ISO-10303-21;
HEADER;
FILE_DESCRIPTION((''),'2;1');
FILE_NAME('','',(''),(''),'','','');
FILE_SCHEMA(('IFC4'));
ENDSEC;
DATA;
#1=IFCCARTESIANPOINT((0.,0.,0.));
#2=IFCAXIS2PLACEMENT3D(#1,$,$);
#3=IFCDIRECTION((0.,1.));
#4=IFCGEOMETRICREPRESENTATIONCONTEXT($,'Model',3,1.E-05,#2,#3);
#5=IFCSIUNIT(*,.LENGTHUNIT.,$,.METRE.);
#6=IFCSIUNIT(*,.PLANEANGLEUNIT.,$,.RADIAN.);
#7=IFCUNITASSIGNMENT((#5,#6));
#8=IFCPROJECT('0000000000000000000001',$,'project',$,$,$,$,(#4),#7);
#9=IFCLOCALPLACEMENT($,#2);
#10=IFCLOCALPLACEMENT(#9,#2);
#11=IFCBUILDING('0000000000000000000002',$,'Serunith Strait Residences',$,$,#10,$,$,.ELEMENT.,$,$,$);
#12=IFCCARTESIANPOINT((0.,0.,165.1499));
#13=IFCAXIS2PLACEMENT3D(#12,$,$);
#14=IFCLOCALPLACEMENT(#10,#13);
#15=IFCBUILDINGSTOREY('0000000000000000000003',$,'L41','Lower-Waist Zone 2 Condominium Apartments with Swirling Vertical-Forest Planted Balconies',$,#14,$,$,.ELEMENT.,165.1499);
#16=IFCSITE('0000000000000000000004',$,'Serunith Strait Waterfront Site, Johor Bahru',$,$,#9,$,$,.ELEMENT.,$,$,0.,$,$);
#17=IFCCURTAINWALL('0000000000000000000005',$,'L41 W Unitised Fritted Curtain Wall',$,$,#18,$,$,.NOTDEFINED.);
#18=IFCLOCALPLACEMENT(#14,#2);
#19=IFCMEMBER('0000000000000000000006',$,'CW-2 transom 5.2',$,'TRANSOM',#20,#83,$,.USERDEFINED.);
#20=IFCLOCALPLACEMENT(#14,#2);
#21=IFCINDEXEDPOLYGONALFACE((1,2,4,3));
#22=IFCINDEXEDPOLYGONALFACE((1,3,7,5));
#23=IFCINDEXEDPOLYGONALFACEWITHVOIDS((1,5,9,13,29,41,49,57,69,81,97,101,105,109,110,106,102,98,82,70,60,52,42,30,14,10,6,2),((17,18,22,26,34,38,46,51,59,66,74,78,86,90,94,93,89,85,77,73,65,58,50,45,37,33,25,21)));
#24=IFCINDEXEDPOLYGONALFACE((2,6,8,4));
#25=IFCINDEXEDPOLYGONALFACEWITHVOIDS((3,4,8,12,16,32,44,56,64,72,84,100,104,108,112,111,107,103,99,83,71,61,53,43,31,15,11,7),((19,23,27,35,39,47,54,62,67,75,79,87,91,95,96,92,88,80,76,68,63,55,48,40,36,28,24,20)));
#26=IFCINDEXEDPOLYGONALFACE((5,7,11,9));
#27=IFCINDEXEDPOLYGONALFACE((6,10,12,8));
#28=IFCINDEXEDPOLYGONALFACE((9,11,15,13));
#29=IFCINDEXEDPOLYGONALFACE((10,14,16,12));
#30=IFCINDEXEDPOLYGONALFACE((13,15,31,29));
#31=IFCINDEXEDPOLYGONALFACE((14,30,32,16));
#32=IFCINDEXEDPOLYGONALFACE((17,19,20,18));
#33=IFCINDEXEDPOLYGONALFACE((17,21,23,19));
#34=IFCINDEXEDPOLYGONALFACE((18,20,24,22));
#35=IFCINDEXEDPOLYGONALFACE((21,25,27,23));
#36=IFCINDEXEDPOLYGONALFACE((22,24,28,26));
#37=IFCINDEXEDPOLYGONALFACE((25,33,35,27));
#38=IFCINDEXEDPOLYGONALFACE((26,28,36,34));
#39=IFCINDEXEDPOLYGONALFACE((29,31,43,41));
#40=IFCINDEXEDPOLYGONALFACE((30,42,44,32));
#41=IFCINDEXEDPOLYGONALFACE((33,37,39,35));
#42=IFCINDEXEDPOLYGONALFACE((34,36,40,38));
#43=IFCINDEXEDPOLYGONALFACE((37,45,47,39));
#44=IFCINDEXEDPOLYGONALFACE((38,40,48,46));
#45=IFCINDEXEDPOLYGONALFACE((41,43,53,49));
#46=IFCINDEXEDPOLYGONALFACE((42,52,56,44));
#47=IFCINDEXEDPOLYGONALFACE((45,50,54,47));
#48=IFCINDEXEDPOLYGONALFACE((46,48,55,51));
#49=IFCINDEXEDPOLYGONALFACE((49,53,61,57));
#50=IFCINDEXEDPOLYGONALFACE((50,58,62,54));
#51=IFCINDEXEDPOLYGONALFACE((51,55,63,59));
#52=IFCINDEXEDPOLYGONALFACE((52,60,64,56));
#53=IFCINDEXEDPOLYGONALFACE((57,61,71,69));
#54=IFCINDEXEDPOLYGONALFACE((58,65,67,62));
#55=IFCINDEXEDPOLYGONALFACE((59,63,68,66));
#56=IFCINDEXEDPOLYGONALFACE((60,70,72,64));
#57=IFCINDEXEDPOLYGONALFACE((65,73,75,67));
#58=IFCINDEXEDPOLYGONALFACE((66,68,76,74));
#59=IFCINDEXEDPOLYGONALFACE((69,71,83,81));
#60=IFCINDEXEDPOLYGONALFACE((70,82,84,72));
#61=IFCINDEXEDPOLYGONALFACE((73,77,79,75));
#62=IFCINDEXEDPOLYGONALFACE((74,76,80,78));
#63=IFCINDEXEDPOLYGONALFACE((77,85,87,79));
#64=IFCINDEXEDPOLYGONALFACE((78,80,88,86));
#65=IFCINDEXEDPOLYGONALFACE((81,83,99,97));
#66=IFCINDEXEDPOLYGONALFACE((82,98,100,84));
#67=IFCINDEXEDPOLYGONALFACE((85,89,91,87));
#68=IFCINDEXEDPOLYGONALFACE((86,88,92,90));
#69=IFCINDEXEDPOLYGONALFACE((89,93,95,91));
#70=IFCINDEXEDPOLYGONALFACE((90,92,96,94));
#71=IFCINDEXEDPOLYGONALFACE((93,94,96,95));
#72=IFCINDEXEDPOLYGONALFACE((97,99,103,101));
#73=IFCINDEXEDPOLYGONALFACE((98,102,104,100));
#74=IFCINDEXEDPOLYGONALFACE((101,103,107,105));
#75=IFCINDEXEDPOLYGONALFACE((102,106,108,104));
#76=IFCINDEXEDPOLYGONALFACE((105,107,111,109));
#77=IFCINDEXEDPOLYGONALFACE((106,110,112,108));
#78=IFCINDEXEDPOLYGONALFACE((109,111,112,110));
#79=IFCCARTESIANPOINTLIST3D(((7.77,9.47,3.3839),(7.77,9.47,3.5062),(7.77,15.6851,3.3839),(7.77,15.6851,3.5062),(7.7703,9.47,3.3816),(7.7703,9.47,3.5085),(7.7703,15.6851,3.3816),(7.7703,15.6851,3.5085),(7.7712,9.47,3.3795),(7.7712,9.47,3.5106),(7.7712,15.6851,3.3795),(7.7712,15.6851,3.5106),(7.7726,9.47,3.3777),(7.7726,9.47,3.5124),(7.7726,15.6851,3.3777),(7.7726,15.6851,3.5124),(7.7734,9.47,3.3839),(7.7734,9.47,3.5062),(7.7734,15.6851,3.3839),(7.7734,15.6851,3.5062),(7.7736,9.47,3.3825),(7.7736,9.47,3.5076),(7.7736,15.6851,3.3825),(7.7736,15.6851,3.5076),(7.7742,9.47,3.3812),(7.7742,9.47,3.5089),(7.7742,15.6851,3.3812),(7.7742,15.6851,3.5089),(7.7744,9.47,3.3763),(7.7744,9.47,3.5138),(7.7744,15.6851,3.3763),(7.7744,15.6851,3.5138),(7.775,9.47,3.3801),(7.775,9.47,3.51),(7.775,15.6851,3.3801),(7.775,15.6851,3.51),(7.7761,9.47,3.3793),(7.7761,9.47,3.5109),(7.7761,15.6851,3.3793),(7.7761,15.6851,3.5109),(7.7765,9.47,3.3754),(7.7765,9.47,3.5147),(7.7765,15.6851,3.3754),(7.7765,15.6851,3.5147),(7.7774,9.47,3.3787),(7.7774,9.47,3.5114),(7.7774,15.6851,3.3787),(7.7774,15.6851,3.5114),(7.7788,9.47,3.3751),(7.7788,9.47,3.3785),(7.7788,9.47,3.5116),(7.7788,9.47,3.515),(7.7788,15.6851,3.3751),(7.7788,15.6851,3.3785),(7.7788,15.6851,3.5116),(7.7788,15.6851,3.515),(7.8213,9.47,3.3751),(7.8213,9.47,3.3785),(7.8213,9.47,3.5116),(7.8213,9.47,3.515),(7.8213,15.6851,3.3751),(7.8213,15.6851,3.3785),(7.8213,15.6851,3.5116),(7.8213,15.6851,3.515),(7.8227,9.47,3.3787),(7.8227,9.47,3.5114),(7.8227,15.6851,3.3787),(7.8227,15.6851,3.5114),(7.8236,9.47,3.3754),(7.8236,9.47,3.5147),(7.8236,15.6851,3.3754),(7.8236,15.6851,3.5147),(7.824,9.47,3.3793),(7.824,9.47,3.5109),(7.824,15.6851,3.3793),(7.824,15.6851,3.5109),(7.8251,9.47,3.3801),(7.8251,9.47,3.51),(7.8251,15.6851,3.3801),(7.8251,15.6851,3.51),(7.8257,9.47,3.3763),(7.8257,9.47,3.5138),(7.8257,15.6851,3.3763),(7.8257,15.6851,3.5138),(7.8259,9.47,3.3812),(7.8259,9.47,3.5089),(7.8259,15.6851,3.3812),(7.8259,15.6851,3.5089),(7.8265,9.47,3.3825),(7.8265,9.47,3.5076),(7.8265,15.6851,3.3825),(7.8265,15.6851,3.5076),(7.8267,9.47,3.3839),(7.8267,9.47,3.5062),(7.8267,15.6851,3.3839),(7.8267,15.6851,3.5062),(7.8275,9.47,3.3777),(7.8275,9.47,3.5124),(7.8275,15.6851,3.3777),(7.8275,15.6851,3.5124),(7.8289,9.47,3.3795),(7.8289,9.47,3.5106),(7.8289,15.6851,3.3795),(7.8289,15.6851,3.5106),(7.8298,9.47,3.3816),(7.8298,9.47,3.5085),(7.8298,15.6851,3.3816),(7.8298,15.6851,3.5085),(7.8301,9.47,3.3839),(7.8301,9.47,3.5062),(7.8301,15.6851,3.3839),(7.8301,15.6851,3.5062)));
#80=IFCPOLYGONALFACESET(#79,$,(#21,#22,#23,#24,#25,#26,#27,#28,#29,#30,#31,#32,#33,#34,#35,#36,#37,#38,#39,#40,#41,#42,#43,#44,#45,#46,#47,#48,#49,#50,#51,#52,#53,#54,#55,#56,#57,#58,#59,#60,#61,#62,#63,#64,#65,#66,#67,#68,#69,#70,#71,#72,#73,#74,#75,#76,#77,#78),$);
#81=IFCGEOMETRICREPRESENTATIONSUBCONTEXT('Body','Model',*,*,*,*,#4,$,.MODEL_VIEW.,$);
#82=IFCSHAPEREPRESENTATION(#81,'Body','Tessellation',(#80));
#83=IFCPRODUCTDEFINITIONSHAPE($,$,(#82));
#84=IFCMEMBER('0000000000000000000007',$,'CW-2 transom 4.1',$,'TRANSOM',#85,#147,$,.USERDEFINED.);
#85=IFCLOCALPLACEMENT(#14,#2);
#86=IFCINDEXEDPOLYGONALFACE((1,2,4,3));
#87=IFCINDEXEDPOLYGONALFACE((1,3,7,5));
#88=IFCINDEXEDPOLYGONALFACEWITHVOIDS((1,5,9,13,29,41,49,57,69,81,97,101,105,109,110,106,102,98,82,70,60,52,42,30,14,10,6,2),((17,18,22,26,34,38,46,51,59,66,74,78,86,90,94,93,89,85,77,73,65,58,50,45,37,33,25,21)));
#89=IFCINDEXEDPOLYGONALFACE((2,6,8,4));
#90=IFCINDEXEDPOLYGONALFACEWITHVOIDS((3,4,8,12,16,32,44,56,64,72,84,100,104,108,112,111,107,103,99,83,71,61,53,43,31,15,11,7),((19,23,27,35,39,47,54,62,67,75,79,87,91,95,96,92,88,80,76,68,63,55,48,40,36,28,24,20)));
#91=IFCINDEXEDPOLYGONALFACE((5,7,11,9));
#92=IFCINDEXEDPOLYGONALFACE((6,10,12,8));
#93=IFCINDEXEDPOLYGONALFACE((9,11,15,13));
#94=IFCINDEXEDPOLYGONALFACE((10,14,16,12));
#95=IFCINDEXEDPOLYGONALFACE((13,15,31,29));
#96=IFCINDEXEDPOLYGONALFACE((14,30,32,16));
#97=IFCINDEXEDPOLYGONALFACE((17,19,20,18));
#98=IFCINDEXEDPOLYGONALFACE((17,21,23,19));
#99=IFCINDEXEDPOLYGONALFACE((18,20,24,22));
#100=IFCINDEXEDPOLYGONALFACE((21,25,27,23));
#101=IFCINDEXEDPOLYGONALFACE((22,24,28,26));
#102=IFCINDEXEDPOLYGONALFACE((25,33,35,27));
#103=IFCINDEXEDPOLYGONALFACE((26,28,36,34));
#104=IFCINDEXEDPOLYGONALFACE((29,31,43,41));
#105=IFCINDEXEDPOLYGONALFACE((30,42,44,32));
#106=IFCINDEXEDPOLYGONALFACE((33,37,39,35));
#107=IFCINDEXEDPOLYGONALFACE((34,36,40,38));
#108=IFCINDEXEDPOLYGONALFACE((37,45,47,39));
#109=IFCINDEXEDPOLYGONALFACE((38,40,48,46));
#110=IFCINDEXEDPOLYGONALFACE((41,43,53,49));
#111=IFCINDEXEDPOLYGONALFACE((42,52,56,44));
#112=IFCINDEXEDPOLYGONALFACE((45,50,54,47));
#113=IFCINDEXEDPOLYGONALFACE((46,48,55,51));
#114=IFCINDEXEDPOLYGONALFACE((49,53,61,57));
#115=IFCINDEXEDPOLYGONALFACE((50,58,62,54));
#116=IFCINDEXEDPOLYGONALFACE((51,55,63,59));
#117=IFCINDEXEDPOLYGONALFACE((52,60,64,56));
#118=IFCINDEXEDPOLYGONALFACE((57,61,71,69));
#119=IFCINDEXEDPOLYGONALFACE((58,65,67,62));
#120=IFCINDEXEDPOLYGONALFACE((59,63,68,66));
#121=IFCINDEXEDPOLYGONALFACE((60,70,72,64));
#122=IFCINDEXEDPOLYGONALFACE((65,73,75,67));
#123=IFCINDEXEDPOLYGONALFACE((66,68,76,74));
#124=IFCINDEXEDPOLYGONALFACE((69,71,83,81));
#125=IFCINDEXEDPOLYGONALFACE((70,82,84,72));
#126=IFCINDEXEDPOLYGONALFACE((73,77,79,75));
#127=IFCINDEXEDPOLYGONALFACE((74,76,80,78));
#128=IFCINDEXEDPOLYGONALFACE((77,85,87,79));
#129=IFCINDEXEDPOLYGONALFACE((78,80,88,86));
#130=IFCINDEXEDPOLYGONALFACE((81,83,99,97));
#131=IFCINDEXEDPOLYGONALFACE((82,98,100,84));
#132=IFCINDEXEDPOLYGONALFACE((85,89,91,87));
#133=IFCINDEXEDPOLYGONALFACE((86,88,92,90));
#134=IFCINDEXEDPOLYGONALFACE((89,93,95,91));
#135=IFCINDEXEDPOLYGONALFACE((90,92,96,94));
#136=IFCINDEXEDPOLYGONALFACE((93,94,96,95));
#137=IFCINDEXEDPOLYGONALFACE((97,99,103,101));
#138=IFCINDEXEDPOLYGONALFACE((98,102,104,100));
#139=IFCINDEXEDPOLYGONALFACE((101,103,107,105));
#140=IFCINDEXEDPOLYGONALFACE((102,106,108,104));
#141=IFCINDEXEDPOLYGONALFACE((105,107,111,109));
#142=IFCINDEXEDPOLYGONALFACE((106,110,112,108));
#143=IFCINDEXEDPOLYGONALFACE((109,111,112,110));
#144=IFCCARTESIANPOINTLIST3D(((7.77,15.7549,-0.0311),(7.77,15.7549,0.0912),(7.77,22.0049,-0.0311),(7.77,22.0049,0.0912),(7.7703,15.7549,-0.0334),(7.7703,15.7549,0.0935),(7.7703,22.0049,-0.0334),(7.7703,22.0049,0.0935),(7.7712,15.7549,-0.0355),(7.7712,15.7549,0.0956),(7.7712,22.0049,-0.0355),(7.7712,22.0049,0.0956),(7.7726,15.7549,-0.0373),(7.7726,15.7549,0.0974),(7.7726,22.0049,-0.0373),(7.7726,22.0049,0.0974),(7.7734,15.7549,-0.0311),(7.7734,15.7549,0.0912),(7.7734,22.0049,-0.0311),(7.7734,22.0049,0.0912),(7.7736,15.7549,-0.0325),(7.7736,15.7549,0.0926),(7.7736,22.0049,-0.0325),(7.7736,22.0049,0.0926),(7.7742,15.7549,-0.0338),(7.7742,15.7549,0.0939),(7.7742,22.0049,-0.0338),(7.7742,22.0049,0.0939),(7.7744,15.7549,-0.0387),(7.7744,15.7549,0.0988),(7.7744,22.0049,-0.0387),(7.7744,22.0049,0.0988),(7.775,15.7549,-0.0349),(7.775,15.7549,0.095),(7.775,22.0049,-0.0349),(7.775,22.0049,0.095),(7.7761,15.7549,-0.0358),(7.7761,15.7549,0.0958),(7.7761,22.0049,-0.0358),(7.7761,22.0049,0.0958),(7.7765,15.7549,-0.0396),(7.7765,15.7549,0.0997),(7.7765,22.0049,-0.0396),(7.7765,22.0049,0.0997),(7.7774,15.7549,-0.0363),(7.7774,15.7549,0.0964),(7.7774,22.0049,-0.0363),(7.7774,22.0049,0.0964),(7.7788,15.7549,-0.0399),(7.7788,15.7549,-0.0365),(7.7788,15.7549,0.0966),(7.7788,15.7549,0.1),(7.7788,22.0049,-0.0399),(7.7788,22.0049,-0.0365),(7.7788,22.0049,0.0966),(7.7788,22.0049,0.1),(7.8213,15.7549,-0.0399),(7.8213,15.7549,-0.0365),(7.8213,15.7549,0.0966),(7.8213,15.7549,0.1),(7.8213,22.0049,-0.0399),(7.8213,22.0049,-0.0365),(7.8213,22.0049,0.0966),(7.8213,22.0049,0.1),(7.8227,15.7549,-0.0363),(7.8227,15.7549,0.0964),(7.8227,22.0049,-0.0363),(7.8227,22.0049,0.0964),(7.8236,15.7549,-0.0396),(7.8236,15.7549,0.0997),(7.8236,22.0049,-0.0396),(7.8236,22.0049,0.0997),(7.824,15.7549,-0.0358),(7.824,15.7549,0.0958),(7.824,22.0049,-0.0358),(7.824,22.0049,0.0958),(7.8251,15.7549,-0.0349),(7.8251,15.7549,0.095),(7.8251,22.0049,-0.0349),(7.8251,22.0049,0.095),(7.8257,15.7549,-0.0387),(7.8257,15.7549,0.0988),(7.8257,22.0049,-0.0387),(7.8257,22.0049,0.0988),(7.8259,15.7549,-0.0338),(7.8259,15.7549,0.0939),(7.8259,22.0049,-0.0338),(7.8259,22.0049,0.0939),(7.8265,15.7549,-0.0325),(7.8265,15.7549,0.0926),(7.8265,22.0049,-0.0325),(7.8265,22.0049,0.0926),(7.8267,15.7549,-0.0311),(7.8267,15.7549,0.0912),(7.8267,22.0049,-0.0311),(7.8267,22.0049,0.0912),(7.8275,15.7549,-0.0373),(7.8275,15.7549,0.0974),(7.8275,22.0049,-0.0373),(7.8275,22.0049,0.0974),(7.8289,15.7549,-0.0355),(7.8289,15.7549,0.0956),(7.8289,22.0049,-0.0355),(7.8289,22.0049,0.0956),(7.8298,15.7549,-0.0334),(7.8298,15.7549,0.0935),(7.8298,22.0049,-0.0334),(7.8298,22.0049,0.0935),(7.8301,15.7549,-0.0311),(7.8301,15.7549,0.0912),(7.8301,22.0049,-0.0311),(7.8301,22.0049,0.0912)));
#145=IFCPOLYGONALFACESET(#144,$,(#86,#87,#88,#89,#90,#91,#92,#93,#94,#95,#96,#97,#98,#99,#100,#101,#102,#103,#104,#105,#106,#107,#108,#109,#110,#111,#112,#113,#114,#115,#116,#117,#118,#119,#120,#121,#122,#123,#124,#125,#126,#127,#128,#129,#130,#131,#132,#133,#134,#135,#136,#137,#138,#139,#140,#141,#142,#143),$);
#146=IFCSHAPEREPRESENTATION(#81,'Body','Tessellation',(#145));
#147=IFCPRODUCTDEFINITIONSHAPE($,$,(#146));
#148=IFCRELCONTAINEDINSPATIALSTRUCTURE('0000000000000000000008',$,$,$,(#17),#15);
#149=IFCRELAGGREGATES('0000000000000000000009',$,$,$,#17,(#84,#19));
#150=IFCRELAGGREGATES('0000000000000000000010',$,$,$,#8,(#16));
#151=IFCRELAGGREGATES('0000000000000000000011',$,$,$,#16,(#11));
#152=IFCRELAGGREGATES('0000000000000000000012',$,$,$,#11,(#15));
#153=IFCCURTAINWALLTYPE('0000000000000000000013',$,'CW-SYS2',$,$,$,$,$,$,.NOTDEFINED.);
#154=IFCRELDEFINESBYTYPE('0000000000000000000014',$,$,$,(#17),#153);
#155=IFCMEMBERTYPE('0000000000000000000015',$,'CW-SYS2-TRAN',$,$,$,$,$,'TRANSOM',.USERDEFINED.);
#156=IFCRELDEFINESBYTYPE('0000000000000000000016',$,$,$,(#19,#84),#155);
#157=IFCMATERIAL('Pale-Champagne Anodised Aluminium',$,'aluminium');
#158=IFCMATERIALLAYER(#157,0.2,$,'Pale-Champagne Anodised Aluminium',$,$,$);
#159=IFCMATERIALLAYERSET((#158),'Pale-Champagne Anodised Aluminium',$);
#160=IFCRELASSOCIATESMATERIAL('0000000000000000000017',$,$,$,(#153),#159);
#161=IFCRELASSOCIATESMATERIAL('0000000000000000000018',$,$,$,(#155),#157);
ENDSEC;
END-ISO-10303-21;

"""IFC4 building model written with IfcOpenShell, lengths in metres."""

from ifc_helpers import new_model, si_unit, direction, frame, origin, origin_2d, place, context, subcontext, project, spatial, hollow_rectangle, extrude, source, transform, mapped, material, layer, layer_set, material_profile, profile_set, type_object, element, aggregate, save


model = new_model("IFC4")

# Units and contexts
model_context = context("Model", 3, precision=1e-05, world=origin(), true_north=direction((0.0, 1.0)))
body_context = subcontext(model_context, "Body", "Model", "MODEL_VIEW")
ifc_project = project(units=[si_unit("LENGTHUNIT", "METRE"), si_unit("PLANEANGLEUNIT", "RADIAN")], contexts=[model_context])

# Site, building, storey
site_placement = place(None, origin())
site = spatial("IfcSite", under=ifc_project, at=site_placement, Name="Serunith Strait Waterfront Site, Johor Bahru", CompositionType="ELEMENT", RefElevation=0.0)
building_placement = place(site_placement, origin())
building = spatial("IfcBuilding", under=site, at=building_placement, Name="Serunith Strait Residences", CompositionType="ELEMENT")
storey_placement = place(building_placement, frame((0.0, 0.0, 165.1499)))
storey = spatial("IfcBuildingStorey", under=building, at=storey_placement, Name="L41", Description="Lower-Waist Zone 2 Condominium Apartments with Swirling Vertical-Forest Planted Balconies", CompositionType="ELEMENT", Elevation=165.1499)

# Curtain wall, members
ifc_material_1 = material(Name="Pale-Champagne Anodised Aluminium", Category="aluminium")
ifc_layer_1 = layer(ifc_material_1, 0.2, Name="Pale-Champagne Anodised Aluminium")
ifc_layer_set_1 = layer_set([ifc_layer_1], Name="Pale-Champagne Anodised Aluminium")
curtain_wall_type = type_object("IfcCurtainWallType", Name="CW-SYS2", PredefinedType="NOTDEFINED", material=ifc_layer_set_1)
curtain_wall_placement = place(storey_placement, origin())
curtain_wall = element("IfcCurtainWall", 1, at=curtain_wall_placement, inside=storey, type_object=curtain_wall_type, Name="L41 W Unitised Fritted Curtain Wall", PredefinedType="NOTDEFINED")
ifc_material_profile_1 = material_profile(ifc_material_1, hollow_rectangle(XDim=0.0601, YDim=0.1399, WallThickness=0.0034, InnerFilletRadius=0.0054, OuterFilletRadius=0.0088, at=origin_2d()), Name="ALU 140x60x3.5")
ifc_profile_set_1 = profile_set([ifc_material_profile_1], Name="Pale-Champagne Anodised Aluminium")
member_type_1 = type_object("IfcMemberType", Name="CW-SYS2-TRAN", ElementType="TRANSOM", PredefinedType="USERDEFINED", material=ifc_profile_set_1)
shared_shape_1 = source(origin(), body_context, "Body", "SweptSolid", [
    extrude(hollow_rectangle(XDim=0.0601, YDim=0.1399, WallThickness=0.0034, InnerFilletRadius=0.0054, OuterFilletRadius=0.0088, at=origin_2d()), origin(), (0.0, 0.0, 1.0), 6.2151),
])
member_1_placement = place(storey_placement, frame((7.8, 15.6851, 3.4451), z_axis=(0.0, -1.0, 0.0), x_axis=(1.0, 0.0, 0.0)))
member_1 = element("IfcMember", 2, at=member_1_placement, type_object=member_type_1, Name="CW-2 transom 5.2", ObjectType="TRANSOM", PredefinedType="USERDEFINED", context=body_context, shape_type="MappedRepresentation", body=[
    mapped(shared_shape_1, transform((0.0, 0.0, 0.0), scale=1.0)),
])
shared_shape_2 = source(origin(), body_context, "Body", "SweptSolid", [
    extrude(hollow_rectangle(XDim=0.0601, YDim=0.1399, WallThickness=0.0034, InnerFilletRadius=0.0054, OuterFilletRadius=0.0088, at=origin_2d()), origin(), (0.0, 0.0, 1.0), 6.25),
])
member_2_placement = place(storey_placement, frame((7.8, 22.0049, 0.03), z_axis=(0.0, -1.0, 0.0), x_axis=(1.0, 0.0, 0.0)))
member_2 = element("IfcMember", 3, at=member_2_placement, type_object=member_type_1, Name="CW-2 transom 4.1", ObjectType="TRANSOM", PredefinedType="USERDEFINED", context=body_context, shape_type="MappedRepresentation", body=[
    mapped(shared_shape_2, transform((0.0, 0.0, 0.0), scale=1.0)),
])
aggregate(curtain_wall, [member_2, member_1])

save(model, "model.ifc")
